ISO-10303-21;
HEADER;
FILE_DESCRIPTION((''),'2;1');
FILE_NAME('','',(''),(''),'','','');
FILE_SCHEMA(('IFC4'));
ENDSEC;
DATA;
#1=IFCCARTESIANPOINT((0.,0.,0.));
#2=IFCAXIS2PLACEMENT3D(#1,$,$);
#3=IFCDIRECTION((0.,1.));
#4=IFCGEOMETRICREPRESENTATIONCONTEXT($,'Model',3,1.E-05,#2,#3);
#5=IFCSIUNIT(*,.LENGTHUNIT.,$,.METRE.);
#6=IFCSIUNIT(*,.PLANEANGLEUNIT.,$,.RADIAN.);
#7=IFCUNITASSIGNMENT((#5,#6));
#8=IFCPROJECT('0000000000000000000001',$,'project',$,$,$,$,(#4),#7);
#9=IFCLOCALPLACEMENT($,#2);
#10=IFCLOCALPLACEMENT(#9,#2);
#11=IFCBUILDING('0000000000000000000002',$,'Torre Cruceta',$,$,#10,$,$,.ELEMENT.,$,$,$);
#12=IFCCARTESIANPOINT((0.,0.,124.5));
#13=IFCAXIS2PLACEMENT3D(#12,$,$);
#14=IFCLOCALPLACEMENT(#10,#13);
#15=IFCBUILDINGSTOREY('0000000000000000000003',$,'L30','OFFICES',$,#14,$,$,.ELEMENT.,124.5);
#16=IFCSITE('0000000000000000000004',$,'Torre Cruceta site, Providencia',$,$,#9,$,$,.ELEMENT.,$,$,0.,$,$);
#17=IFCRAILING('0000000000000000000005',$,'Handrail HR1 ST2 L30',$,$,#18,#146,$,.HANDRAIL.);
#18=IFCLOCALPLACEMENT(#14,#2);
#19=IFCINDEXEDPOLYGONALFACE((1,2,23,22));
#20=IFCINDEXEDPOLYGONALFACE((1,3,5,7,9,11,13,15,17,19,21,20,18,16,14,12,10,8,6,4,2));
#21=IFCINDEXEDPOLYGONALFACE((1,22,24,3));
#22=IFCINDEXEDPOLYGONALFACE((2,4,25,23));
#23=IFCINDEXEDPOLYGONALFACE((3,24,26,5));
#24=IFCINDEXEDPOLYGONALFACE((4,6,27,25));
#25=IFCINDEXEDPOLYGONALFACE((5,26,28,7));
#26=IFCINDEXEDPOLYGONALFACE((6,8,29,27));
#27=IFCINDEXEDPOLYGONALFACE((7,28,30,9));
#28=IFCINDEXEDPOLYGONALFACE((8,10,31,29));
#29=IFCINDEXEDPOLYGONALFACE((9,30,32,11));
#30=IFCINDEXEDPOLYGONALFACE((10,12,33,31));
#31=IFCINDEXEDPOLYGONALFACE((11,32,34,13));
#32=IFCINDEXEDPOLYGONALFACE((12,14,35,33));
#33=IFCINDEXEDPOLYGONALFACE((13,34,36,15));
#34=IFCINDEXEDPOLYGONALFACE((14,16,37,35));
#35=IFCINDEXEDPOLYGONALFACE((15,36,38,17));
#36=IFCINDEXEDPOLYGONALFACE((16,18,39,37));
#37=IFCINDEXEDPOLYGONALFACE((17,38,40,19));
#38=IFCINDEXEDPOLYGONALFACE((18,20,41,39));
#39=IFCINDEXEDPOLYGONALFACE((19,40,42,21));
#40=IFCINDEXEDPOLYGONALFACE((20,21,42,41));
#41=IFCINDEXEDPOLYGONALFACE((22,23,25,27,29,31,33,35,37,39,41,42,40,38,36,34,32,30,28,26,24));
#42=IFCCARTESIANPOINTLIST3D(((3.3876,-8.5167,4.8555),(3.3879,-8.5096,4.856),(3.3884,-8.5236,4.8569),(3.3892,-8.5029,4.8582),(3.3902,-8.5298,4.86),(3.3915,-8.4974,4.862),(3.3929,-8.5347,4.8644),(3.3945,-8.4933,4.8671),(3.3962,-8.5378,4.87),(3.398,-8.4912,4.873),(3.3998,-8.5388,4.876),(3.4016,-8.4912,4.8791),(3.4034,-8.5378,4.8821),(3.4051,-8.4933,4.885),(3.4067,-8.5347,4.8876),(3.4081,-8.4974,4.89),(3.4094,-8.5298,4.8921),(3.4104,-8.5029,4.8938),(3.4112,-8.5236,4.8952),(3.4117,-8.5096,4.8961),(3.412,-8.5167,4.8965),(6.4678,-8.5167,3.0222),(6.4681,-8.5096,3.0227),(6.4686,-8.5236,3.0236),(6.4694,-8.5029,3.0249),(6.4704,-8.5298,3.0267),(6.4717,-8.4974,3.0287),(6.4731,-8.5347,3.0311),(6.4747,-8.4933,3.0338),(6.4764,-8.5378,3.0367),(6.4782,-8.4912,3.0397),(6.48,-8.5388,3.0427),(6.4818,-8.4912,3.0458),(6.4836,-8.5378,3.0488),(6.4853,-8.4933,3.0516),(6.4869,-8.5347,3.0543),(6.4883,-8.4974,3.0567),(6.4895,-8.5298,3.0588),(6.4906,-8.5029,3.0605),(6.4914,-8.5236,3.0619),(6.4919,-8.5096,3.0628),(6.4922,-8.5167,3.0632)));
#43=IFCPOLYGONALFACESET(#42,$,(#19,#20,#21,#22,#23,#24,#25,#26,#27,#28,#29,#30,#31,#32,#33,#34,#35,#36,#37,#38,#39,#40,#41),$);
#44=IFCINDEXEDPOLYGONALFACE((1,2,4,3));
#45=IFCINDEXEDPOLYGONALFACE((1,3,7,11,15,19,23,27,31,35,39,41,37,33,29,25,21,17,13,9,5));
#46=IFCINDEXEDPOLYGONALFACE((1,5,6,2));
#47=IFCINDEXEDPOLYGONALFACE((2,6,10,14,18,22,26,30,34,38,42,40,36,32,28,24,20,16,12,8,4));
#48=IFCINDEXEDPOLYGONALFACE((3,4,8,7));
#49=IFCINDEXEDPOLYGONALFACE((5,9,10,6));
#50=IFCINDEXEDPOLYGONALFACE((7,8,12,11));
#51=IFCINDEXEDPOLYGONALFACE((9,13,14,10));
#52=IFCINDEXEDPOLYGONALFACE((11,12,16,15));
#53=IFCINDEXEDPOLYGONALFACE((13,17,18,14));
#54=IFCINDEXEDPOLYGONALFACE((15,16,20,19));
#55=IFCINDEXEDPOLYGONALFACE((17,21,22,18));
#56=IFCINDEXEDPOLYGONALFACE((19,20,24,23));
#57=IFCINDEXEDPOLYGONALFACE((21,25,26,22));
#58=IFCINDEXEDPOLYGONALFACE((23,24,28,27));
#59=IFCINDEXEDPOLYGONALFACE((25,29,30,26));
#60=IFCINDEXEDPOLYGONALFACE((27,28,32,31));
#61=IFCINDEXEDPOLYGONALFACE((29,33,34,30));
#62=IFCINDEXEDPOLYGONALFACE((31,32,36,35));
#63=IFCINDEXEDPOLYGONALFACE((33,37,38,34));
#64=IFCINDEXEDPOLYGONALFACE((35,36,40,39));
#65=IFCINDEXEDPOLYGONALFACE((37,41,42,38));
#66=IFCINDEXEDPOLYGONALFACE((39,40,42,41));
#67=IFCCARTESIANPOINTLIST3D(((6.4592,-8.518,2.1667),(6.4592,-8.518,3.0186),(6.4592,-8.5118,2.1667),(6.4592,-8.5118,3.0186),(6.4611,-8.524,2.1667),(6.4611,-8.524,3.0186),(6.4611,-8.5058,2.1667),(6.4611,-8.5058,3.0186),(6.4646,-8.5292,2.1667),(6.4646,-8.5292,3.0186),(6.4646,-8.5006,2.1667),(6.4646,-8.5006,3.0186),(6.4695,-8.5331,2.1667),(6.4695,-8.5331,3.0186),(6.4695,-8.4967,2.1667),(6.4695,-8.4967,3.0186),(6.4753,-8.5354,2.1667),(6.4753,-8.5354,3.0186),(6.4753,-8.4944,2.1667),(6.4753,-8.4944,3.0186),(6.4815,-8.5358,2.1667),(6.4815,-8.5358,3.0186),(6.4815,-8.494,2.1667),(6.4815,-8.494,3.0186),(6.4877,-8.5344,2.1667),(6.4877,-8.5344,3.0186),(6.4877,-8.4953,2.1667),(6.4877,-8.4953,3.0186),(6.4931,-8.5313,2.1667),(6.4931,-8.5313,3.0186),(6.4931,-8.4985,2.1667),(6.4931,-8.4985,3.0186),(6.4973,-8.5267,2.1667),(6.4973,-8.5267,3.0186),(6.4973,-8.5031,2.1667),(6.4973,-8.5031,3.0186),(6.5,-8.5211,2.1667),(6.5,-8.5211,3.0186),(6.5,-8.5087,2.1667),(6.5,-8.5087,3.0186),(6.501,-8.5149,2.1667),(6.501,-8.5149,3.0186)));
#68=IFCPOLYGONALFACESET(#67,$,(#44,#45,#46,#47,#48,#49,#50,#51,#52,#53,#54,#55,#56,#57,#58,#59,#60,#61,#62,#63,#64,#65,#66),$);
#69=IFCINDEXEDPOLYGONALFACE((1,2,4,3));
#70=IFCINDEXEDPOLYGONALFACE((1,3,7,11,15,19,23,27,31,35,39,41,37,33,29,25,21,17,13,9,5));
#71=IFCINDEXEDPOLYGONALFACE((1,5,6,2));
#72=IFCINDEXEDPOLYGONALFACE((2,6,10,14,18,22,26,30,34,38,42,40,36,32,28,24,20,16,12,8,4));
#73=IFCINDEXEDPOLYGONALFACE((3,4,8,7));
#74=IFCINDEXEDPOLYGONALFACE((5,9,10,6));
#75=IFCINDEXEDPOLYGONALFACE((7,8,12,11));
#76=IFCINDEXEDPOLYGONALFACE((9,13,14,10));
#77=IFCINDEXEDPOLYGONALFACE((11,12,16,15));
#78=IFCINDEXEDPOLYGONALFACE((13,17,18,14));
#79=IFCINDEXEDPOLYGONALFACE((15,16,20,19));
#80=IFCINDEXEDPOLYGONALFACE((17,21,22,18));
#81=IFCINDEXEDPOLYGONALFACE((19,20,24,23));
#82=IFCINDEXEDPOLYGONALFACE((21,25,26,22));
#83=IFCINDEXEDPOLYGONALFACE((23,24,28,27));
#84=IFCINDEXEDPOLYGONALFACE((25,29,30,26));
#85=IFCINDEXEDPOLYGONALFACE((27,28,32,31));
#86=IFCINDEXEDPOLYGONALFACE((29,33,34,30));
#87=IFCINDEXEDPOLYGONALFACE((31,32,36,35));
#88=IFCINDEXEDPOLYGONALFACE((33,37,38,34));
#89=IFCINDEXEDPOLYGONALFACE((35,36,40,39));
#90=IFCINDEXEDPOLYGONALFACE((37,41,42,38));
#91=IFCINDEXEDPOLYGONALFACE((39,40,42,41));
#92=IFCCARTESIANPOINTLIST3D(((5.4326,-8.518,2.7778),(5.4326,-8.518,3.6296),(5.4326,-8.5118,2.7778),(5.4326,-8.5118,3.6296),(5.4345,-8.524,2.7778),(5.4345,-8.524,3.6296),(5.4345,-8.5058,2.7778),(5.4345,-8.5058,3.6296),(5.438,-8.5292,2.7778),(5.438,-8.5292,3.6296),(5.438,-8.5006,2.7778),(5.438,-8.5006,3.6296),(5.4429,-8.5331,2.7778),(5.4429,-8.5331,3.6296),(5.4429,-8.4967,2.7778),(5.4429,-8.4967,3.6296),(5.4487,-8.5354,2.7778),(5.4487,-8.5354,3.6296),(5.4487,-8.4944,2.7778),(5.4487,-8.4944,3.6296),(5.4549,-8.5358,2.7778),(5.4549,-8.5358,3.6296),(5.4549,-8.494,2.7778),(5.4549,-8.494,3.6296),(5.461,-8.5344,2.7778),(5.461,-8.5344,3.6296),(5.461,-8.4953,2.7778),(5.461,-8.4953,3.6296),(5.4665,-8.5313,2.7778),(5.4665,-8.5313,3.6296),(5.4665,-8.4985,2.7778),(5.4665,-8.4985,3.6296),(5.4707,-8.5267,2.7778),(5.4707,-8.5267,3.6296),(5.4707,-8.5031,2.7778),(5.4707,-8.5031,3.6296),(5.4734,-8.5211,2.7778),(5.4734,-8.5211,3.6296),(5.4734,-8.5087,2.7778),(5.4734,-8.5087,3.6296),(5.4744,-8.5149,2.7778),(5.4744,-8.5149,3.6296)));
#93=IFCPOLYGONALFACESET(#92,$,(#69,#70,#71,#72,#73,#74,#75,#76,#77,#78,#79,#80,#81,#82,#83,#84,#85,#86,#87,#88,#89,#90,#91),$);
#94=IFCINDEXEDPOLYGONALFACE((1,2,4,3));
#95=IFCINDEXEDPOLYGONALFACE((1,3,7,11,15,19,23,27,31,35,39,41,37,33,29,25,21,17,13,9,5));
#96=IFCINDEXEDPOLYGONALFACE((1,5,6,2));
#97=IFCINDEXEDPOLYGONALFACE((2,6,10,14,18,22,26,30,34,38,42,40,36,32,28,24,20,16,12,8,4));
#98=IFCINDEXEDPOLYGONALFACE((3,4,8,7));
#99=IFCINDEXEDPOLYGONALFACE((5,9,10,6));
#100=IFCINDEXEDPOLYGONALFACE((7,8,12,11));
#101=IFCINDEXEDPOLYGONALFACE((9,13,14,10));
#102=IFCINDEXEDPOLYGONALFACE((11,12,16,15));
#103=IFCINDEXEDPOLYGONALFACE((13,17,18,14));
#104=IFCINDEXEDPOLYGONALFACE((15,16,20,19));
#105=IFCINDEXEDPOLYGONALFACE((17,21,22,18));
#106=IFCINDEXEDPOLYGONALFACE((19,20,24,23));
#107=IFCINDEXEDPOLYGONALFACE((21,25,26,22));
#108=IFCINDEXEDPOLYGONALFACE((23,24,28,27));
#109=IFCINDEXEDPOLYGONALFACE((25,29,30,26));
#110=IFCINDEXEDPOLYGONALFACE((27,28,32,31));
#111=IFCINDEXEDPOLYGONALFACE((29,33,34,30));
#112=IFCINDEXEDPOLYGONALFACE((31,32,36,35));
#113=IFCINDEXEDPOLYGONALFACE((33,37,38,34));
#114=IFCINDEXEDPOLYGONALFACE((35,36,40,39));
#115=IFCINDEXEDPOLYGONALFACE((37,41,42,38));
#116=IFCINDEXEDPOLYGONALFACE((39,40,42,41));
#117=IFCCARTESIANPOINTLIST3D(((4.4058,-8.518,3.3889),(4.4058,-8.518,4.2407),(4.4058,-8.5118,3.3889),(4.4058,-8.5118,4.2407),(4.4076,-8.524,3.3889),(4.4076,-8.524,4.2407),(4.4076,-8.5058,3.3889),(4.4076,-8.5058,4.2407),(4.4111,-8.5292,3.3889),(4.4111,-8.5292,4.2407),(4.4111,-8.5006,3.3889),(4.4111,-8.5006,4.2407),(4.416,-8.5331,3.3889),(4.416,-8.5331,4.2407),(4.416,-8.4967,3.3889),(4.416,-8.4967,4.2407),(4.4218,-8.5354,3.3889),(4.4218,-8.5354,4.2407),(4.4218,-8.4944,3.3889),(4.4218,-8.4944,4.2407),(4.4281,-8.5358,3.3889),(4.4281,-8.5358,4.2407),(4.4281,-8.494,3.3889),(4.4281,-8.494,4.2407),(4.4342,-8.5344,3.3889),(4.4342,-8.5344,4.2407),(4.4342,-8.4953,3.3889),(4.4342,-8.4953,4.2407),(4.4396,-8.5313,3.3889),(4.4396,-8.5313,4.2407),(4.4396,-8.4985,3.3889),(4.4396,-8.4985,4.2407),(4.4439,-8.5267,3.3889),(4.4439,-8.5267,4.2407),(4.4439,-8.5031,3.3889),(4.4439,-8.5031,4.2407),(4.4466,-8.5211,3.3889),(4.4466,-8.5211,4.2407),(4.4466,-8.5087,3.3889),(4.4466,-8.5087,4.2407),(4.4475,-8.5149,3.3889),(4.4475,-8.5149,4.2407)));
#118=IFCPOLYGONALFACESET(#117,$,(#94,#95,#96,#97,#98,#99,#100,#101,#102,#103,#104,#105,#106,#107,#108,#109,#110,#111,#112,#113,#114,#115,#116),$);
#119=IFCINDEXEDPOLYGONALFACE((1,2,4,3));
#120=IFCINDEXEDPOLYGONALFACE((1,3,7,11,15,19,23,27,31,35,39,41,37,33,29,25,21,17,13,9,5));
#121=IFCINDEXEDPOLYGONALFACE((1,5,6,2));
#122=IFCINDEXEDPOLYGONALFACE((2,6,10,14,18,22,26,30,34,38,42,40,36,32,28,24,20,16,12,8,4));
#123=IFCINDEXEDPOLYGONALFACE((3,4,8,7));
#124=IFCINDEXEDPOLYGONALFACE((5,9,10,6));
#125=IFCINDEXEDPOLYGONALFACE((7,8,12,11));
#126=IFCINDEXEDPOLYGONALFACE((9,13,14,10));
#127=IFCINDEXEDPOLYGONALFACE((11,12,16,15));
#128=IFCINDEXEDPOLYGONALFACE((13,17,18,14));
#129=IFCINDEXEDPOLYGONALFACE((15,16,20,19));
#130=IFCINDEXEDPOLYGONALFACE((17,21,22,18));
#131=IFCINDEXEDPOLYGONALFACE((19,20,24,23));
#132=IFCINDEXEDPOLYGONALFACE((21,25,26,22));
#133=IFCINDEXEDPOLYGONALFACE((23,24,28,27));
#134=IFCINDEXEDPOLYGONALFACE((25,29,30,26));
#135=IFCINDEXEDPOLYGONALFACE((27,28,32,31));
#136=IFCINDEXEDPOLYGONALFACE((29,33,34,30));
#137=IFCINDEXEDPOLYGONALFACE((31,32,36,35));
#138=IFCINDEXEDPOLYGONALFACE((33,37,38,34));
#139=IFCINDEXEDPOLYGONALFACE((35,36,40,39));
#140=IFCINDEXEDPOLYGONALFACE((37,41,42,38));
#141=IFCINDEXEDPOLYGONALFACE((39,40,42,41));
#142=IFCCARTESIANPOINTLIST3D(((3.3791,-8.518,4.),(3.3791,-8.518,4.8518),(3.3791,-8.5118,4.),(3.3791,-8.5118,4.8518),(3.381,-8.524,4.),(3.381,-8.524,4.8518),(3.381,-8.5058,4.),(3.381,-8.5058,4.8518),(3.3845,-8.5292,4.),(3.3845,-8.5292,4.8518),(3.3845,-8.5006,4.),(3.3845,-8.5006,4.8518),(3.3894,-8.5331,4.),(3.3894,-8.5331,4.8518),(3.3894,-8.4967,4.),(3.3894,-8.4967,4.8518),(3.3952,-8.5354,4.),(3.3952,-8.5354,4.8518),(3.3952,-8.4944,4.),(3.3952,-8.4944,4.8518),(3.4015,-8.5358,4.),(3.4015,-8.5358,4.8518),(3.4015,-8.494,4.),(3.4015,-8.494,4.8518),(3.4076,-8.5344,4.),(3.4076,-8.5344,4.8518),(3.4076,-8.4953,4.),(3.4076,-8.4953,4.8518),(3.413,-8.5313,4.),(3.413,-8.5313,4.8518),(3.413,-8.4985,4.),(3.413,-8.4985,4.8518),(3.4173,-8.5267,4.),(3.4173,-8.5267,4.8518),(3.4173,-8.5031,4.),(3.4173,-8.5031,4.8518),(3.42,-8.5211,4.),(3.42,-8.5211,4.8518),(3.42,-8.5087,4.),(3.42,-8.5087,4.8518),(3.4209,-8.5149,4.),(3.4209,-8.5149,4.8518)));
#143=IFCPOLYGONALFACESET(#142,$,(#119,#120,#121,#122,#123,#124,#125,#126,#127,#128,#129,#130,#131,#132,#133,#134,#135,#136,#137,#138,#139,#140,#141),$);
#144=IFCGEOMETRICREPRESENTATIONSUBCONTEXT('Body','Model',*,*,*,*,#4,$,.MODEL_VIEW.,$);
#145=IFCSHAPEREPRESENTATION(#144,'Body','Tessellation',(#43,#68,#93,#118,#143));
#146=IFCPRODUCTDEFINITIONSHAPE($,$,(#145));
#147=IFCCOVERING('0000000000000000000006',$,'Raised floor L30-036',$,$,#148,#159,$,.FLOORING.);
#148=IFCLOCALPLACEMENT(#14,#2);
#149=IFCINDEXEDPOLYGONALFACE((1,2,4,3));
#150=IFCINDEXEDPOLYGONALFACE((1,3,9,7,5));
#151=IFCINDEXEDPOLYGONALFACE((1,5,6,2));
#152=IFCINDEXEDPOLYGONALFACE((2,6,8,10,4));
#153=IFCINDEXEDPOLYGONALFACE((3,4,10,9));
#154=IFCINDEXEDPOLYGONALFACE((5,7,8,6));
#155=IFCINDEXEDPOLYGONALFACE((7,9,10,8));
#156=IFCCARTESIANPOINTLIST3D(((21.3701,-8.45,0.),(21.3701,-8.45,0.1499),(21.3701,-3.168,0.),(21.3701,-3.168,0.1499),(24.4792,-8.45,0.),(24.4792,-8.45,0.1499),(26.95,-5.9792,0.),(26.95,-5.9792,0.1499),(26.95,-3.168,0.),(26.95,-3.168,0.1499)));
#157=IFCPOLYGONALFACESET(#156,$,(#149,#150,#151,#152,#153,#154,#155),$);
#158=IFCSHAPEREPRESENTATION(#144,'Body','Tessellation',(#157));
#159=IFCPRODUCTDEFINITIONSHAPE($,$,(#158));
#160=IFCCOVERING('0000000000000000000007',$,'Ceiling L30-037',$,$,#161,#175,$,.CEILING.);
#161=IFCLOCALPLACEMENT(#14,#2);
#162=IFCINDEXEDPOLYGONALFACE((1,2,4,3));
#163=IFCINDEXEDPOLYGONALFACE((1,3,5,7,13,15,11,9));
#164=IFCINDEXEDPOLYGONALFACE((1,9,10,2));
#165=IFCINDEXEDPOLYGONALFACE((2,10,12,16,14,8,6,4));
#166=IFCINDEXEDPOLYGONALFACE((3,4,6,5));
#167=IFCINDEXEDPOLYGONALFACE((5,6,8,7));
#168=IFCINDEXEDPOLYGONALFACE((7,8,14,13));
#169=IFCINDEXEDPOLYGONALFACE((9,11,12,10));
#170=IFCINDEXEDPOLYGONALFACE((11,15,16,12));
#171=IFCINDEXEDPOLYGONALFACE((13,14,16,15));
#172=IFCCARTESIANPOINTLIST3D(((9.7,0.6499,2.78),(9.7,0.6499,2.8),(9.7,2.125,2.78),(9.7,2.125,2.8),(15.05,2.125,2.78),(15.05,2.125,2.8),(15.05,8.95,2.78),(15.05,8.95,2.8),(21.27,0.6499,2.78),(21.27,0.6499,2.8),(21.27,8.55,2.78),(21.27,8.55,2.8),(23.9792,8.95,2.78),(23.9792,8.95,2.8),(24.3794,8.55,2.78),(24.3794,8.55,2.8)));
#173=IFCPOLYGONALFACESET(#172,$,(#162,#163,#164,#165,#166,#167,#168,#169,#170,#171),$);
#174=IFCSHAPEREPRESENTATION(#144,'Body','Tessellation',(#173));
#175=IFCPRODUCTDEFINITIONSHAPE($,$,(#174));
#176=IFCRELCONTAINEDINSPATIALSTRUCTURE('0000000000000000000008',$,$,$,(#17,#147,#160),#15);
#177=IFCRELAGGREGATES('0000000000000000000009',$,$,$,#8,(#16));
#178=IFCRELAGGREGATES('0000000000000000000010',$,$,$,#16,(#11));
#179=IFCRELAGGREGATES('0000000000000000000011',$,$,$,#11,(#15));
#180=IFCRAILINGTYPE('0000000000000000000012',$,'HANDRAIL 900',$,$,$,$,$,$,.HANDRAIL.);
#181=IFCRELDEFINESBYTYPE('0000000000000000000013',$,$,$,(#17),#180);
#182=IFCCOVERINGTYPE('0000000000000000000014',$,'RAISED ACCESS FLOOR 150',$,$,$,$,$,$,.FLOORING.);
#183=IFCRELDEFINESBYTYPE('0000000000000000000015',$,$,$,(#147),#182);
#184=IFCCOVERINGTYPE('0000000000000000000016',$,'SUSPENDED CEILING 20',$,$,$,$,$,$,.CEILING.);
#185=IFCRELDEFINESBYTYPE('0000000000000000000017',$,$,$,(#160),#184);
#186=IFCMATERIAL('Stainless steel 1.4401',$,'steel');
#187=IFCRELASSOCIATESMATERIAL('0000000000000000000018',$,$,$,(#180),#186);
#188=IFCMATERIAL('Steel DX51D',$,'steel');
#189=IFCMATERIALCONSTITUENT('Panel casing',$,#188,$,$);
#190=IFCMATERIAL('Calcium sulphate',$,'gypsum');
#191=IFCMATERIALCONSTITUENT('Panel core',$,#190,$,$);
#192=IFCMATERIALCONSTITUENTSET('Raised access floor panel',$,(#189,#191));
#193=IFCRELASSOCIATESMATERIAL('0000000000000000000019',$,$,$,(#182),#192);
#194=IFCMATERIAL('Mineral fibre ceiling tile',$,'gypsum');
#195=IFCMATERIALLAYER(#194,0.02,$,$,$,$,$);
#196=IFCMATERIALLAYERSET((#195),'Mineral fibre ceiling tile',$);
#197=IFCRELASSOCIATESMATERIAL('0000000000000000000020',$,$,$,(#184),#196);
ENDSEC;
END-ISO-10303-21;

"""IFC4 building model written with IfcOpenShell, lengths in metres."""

from ifc_helpers import new_model, si_unit, direction, frame, origin, origin_2d, place, context, subcontext, project, spatial, polyline, circle, outline, extrude, material, layer, layer_set, constituent, constituent_set, type_object, element, save


model = new_model("IFC4")

# Units and contexts
model_context = context("Model", 3, precision=1e-05, world=origin(), true_north=direction((0.0, 1.0)))
body_context = subcontext(model_context, "Body", "Model", "MODEL_VIEW")
ifc_project = project(units=[si_unit("LENGTHUNIT", "METRE"), si_unit("PLANEANGLEUNIT", "RADIAN")], contexts=[model_context])

# Site, building, storey
site_placement = place(None, origin())
site = spatial("IfcSite", under=ifc_project, at=site_placement, Name="Torre Cruceta site, Providencia", CompositionType="ELEMENT", RefElevation=0.0)
building_placement = place(site_placement, origin())
building = spatial("IfcBuilding", under=site, at=building_placement, Name="Torre Cruceta", CompositionType="ELEMENT")
storey_placement = place(building_placement, frame((0.0, 0.0, 124.5)))
storey = spatial("IfcBuildingStorey", under=building, at=storey_placement, Name="L30", Description="OFFICES", CompositionType="ELEMENT", Elevation=124.5)

# Railing
ifc_material_1 = material(Name="Stainless steel 1.4401", Category="steel")
railing_type = type_object("IfcRailingType", Name="HANDRAIL 900", PredefinedType="HANDRAIL", material=ifc_material_1)
railing_1_placement = place(storey_placement, frame((6.48, -8.5149, 2.1667)))
element("IfcRailing", 1, at=railing_1_placement, inside=storey, type_object=railing_type, Name="Handrail HR1 ST2 L30", PredefinedType="HANDRAIL", context=body_context, shape_type="SweptSolid", body=[
    extrude(circle(Radius=0.0239, at=origin_2d()), frame((0.0, 0.0, 0.876), z_axis=(-0.859309, 0.0, 0.511458), x_axis=(0.0, -1.0, 0.0)), (0.0, 0.0, 1.0), 3.5845),
    extrude(circle(Radius=0.021, at=origin_2d()), origin(), (0.0, 0.0, 1.0), 0.8518),
    extrude(circle(Radius=0.021, at=origin_2d()), frame((-1.0266, 0.0, 0.6111)), (0.0, 0.0, 1.0), 0.8518),
    extrude(circle(Radius=0.021, at=origin_2d()), frame((-2.0535, 0.0, 1.2222)), (0.0, 0.0, 1.0), 0.8518),
    extrude(circle(Radius=0.021, at=origin_2d()), frame((-3.0801, 0.0, 1.8333)), (0.0, 0.0, 1.0), 0.8518),
])

# Coverings
ifc_material_2 = material(Name="Steel DX51D", Category="steel")
ifc_constituent_1 = constituent(ifc_material_2, Name="Panel casing")
ifc_material_3 = material(Name="Calcium sulphate", Category="gypsum")
ifc_constituent_2 = constituent(ifc_material_3, Name="Panel core")
ifc_constituent_set_1 = constituent_set(constituents=[ifc_constituent_1, ifc_constituent_2], Name="Raised access floor panel")
covering_type_1 = type_object("IfcCoveringType", Name="RAISED ACCESS FLOOR 150", PredefinedType="FLOORING", material=ifc_constituent_set_1)
covering_1_placement = place(storey_placement, origin())
element("IfcCovering", 2, at=covering_1_placement, inside=storey, type_object=covering_type_1, Name="Raised floor L30-036", PredefinedType="FLOORING", context=body_context, shape_type="SweptSolid", body=[
    extrude(outline(polyline([(24.4792, -8.45), (21.3701, -8.45), (21.3701, -3.168), (26.95, -3.168), (26.95, -5.9792), (24.4792, -8.45)])), origin(), (0.0, 0.0, 1.0), 0.1499),
])
ifc_material_4 = material(Name="Mineral fibre ceiling tile", Category="gypsum")
ifc_layer_1 = layer(ifc_material_4, 0.02)
ifc_layer_set_1 = layer_set([ifc_layer_1], Name="Mineral fibre ceiling tile")
covering_type_2 = type_object("IfcCoveringType", Name="SUSPENDED CEILING 20", PredefinedType="CEILING", material=ifc_layer_set_1)
covering_2_placement = place(storey_placement, frame((0.0, 0.0, 2.78)))
element("IfcCovering", 3, at=covering_2_placement, inside=storey, type_object=covering_type_2, Name="Ceiling L30-037", PredefinedType="CEILING", context=body_context, shape_type="SweptSolid", body=[
    extrude(outline(polyline([(9.7, 2.125), (15.05, 2.125), (15.05, 8.95), (23.9792, 8.95), (24.3794, 8.55), (21.27, 8.55), (21.27, 0.6499), (9.7, 0.6499), (9.7, 2.125)])), origin(), (0.0, 0.0, 1.0), 0.02),
])

save(model, "model.ifc")
